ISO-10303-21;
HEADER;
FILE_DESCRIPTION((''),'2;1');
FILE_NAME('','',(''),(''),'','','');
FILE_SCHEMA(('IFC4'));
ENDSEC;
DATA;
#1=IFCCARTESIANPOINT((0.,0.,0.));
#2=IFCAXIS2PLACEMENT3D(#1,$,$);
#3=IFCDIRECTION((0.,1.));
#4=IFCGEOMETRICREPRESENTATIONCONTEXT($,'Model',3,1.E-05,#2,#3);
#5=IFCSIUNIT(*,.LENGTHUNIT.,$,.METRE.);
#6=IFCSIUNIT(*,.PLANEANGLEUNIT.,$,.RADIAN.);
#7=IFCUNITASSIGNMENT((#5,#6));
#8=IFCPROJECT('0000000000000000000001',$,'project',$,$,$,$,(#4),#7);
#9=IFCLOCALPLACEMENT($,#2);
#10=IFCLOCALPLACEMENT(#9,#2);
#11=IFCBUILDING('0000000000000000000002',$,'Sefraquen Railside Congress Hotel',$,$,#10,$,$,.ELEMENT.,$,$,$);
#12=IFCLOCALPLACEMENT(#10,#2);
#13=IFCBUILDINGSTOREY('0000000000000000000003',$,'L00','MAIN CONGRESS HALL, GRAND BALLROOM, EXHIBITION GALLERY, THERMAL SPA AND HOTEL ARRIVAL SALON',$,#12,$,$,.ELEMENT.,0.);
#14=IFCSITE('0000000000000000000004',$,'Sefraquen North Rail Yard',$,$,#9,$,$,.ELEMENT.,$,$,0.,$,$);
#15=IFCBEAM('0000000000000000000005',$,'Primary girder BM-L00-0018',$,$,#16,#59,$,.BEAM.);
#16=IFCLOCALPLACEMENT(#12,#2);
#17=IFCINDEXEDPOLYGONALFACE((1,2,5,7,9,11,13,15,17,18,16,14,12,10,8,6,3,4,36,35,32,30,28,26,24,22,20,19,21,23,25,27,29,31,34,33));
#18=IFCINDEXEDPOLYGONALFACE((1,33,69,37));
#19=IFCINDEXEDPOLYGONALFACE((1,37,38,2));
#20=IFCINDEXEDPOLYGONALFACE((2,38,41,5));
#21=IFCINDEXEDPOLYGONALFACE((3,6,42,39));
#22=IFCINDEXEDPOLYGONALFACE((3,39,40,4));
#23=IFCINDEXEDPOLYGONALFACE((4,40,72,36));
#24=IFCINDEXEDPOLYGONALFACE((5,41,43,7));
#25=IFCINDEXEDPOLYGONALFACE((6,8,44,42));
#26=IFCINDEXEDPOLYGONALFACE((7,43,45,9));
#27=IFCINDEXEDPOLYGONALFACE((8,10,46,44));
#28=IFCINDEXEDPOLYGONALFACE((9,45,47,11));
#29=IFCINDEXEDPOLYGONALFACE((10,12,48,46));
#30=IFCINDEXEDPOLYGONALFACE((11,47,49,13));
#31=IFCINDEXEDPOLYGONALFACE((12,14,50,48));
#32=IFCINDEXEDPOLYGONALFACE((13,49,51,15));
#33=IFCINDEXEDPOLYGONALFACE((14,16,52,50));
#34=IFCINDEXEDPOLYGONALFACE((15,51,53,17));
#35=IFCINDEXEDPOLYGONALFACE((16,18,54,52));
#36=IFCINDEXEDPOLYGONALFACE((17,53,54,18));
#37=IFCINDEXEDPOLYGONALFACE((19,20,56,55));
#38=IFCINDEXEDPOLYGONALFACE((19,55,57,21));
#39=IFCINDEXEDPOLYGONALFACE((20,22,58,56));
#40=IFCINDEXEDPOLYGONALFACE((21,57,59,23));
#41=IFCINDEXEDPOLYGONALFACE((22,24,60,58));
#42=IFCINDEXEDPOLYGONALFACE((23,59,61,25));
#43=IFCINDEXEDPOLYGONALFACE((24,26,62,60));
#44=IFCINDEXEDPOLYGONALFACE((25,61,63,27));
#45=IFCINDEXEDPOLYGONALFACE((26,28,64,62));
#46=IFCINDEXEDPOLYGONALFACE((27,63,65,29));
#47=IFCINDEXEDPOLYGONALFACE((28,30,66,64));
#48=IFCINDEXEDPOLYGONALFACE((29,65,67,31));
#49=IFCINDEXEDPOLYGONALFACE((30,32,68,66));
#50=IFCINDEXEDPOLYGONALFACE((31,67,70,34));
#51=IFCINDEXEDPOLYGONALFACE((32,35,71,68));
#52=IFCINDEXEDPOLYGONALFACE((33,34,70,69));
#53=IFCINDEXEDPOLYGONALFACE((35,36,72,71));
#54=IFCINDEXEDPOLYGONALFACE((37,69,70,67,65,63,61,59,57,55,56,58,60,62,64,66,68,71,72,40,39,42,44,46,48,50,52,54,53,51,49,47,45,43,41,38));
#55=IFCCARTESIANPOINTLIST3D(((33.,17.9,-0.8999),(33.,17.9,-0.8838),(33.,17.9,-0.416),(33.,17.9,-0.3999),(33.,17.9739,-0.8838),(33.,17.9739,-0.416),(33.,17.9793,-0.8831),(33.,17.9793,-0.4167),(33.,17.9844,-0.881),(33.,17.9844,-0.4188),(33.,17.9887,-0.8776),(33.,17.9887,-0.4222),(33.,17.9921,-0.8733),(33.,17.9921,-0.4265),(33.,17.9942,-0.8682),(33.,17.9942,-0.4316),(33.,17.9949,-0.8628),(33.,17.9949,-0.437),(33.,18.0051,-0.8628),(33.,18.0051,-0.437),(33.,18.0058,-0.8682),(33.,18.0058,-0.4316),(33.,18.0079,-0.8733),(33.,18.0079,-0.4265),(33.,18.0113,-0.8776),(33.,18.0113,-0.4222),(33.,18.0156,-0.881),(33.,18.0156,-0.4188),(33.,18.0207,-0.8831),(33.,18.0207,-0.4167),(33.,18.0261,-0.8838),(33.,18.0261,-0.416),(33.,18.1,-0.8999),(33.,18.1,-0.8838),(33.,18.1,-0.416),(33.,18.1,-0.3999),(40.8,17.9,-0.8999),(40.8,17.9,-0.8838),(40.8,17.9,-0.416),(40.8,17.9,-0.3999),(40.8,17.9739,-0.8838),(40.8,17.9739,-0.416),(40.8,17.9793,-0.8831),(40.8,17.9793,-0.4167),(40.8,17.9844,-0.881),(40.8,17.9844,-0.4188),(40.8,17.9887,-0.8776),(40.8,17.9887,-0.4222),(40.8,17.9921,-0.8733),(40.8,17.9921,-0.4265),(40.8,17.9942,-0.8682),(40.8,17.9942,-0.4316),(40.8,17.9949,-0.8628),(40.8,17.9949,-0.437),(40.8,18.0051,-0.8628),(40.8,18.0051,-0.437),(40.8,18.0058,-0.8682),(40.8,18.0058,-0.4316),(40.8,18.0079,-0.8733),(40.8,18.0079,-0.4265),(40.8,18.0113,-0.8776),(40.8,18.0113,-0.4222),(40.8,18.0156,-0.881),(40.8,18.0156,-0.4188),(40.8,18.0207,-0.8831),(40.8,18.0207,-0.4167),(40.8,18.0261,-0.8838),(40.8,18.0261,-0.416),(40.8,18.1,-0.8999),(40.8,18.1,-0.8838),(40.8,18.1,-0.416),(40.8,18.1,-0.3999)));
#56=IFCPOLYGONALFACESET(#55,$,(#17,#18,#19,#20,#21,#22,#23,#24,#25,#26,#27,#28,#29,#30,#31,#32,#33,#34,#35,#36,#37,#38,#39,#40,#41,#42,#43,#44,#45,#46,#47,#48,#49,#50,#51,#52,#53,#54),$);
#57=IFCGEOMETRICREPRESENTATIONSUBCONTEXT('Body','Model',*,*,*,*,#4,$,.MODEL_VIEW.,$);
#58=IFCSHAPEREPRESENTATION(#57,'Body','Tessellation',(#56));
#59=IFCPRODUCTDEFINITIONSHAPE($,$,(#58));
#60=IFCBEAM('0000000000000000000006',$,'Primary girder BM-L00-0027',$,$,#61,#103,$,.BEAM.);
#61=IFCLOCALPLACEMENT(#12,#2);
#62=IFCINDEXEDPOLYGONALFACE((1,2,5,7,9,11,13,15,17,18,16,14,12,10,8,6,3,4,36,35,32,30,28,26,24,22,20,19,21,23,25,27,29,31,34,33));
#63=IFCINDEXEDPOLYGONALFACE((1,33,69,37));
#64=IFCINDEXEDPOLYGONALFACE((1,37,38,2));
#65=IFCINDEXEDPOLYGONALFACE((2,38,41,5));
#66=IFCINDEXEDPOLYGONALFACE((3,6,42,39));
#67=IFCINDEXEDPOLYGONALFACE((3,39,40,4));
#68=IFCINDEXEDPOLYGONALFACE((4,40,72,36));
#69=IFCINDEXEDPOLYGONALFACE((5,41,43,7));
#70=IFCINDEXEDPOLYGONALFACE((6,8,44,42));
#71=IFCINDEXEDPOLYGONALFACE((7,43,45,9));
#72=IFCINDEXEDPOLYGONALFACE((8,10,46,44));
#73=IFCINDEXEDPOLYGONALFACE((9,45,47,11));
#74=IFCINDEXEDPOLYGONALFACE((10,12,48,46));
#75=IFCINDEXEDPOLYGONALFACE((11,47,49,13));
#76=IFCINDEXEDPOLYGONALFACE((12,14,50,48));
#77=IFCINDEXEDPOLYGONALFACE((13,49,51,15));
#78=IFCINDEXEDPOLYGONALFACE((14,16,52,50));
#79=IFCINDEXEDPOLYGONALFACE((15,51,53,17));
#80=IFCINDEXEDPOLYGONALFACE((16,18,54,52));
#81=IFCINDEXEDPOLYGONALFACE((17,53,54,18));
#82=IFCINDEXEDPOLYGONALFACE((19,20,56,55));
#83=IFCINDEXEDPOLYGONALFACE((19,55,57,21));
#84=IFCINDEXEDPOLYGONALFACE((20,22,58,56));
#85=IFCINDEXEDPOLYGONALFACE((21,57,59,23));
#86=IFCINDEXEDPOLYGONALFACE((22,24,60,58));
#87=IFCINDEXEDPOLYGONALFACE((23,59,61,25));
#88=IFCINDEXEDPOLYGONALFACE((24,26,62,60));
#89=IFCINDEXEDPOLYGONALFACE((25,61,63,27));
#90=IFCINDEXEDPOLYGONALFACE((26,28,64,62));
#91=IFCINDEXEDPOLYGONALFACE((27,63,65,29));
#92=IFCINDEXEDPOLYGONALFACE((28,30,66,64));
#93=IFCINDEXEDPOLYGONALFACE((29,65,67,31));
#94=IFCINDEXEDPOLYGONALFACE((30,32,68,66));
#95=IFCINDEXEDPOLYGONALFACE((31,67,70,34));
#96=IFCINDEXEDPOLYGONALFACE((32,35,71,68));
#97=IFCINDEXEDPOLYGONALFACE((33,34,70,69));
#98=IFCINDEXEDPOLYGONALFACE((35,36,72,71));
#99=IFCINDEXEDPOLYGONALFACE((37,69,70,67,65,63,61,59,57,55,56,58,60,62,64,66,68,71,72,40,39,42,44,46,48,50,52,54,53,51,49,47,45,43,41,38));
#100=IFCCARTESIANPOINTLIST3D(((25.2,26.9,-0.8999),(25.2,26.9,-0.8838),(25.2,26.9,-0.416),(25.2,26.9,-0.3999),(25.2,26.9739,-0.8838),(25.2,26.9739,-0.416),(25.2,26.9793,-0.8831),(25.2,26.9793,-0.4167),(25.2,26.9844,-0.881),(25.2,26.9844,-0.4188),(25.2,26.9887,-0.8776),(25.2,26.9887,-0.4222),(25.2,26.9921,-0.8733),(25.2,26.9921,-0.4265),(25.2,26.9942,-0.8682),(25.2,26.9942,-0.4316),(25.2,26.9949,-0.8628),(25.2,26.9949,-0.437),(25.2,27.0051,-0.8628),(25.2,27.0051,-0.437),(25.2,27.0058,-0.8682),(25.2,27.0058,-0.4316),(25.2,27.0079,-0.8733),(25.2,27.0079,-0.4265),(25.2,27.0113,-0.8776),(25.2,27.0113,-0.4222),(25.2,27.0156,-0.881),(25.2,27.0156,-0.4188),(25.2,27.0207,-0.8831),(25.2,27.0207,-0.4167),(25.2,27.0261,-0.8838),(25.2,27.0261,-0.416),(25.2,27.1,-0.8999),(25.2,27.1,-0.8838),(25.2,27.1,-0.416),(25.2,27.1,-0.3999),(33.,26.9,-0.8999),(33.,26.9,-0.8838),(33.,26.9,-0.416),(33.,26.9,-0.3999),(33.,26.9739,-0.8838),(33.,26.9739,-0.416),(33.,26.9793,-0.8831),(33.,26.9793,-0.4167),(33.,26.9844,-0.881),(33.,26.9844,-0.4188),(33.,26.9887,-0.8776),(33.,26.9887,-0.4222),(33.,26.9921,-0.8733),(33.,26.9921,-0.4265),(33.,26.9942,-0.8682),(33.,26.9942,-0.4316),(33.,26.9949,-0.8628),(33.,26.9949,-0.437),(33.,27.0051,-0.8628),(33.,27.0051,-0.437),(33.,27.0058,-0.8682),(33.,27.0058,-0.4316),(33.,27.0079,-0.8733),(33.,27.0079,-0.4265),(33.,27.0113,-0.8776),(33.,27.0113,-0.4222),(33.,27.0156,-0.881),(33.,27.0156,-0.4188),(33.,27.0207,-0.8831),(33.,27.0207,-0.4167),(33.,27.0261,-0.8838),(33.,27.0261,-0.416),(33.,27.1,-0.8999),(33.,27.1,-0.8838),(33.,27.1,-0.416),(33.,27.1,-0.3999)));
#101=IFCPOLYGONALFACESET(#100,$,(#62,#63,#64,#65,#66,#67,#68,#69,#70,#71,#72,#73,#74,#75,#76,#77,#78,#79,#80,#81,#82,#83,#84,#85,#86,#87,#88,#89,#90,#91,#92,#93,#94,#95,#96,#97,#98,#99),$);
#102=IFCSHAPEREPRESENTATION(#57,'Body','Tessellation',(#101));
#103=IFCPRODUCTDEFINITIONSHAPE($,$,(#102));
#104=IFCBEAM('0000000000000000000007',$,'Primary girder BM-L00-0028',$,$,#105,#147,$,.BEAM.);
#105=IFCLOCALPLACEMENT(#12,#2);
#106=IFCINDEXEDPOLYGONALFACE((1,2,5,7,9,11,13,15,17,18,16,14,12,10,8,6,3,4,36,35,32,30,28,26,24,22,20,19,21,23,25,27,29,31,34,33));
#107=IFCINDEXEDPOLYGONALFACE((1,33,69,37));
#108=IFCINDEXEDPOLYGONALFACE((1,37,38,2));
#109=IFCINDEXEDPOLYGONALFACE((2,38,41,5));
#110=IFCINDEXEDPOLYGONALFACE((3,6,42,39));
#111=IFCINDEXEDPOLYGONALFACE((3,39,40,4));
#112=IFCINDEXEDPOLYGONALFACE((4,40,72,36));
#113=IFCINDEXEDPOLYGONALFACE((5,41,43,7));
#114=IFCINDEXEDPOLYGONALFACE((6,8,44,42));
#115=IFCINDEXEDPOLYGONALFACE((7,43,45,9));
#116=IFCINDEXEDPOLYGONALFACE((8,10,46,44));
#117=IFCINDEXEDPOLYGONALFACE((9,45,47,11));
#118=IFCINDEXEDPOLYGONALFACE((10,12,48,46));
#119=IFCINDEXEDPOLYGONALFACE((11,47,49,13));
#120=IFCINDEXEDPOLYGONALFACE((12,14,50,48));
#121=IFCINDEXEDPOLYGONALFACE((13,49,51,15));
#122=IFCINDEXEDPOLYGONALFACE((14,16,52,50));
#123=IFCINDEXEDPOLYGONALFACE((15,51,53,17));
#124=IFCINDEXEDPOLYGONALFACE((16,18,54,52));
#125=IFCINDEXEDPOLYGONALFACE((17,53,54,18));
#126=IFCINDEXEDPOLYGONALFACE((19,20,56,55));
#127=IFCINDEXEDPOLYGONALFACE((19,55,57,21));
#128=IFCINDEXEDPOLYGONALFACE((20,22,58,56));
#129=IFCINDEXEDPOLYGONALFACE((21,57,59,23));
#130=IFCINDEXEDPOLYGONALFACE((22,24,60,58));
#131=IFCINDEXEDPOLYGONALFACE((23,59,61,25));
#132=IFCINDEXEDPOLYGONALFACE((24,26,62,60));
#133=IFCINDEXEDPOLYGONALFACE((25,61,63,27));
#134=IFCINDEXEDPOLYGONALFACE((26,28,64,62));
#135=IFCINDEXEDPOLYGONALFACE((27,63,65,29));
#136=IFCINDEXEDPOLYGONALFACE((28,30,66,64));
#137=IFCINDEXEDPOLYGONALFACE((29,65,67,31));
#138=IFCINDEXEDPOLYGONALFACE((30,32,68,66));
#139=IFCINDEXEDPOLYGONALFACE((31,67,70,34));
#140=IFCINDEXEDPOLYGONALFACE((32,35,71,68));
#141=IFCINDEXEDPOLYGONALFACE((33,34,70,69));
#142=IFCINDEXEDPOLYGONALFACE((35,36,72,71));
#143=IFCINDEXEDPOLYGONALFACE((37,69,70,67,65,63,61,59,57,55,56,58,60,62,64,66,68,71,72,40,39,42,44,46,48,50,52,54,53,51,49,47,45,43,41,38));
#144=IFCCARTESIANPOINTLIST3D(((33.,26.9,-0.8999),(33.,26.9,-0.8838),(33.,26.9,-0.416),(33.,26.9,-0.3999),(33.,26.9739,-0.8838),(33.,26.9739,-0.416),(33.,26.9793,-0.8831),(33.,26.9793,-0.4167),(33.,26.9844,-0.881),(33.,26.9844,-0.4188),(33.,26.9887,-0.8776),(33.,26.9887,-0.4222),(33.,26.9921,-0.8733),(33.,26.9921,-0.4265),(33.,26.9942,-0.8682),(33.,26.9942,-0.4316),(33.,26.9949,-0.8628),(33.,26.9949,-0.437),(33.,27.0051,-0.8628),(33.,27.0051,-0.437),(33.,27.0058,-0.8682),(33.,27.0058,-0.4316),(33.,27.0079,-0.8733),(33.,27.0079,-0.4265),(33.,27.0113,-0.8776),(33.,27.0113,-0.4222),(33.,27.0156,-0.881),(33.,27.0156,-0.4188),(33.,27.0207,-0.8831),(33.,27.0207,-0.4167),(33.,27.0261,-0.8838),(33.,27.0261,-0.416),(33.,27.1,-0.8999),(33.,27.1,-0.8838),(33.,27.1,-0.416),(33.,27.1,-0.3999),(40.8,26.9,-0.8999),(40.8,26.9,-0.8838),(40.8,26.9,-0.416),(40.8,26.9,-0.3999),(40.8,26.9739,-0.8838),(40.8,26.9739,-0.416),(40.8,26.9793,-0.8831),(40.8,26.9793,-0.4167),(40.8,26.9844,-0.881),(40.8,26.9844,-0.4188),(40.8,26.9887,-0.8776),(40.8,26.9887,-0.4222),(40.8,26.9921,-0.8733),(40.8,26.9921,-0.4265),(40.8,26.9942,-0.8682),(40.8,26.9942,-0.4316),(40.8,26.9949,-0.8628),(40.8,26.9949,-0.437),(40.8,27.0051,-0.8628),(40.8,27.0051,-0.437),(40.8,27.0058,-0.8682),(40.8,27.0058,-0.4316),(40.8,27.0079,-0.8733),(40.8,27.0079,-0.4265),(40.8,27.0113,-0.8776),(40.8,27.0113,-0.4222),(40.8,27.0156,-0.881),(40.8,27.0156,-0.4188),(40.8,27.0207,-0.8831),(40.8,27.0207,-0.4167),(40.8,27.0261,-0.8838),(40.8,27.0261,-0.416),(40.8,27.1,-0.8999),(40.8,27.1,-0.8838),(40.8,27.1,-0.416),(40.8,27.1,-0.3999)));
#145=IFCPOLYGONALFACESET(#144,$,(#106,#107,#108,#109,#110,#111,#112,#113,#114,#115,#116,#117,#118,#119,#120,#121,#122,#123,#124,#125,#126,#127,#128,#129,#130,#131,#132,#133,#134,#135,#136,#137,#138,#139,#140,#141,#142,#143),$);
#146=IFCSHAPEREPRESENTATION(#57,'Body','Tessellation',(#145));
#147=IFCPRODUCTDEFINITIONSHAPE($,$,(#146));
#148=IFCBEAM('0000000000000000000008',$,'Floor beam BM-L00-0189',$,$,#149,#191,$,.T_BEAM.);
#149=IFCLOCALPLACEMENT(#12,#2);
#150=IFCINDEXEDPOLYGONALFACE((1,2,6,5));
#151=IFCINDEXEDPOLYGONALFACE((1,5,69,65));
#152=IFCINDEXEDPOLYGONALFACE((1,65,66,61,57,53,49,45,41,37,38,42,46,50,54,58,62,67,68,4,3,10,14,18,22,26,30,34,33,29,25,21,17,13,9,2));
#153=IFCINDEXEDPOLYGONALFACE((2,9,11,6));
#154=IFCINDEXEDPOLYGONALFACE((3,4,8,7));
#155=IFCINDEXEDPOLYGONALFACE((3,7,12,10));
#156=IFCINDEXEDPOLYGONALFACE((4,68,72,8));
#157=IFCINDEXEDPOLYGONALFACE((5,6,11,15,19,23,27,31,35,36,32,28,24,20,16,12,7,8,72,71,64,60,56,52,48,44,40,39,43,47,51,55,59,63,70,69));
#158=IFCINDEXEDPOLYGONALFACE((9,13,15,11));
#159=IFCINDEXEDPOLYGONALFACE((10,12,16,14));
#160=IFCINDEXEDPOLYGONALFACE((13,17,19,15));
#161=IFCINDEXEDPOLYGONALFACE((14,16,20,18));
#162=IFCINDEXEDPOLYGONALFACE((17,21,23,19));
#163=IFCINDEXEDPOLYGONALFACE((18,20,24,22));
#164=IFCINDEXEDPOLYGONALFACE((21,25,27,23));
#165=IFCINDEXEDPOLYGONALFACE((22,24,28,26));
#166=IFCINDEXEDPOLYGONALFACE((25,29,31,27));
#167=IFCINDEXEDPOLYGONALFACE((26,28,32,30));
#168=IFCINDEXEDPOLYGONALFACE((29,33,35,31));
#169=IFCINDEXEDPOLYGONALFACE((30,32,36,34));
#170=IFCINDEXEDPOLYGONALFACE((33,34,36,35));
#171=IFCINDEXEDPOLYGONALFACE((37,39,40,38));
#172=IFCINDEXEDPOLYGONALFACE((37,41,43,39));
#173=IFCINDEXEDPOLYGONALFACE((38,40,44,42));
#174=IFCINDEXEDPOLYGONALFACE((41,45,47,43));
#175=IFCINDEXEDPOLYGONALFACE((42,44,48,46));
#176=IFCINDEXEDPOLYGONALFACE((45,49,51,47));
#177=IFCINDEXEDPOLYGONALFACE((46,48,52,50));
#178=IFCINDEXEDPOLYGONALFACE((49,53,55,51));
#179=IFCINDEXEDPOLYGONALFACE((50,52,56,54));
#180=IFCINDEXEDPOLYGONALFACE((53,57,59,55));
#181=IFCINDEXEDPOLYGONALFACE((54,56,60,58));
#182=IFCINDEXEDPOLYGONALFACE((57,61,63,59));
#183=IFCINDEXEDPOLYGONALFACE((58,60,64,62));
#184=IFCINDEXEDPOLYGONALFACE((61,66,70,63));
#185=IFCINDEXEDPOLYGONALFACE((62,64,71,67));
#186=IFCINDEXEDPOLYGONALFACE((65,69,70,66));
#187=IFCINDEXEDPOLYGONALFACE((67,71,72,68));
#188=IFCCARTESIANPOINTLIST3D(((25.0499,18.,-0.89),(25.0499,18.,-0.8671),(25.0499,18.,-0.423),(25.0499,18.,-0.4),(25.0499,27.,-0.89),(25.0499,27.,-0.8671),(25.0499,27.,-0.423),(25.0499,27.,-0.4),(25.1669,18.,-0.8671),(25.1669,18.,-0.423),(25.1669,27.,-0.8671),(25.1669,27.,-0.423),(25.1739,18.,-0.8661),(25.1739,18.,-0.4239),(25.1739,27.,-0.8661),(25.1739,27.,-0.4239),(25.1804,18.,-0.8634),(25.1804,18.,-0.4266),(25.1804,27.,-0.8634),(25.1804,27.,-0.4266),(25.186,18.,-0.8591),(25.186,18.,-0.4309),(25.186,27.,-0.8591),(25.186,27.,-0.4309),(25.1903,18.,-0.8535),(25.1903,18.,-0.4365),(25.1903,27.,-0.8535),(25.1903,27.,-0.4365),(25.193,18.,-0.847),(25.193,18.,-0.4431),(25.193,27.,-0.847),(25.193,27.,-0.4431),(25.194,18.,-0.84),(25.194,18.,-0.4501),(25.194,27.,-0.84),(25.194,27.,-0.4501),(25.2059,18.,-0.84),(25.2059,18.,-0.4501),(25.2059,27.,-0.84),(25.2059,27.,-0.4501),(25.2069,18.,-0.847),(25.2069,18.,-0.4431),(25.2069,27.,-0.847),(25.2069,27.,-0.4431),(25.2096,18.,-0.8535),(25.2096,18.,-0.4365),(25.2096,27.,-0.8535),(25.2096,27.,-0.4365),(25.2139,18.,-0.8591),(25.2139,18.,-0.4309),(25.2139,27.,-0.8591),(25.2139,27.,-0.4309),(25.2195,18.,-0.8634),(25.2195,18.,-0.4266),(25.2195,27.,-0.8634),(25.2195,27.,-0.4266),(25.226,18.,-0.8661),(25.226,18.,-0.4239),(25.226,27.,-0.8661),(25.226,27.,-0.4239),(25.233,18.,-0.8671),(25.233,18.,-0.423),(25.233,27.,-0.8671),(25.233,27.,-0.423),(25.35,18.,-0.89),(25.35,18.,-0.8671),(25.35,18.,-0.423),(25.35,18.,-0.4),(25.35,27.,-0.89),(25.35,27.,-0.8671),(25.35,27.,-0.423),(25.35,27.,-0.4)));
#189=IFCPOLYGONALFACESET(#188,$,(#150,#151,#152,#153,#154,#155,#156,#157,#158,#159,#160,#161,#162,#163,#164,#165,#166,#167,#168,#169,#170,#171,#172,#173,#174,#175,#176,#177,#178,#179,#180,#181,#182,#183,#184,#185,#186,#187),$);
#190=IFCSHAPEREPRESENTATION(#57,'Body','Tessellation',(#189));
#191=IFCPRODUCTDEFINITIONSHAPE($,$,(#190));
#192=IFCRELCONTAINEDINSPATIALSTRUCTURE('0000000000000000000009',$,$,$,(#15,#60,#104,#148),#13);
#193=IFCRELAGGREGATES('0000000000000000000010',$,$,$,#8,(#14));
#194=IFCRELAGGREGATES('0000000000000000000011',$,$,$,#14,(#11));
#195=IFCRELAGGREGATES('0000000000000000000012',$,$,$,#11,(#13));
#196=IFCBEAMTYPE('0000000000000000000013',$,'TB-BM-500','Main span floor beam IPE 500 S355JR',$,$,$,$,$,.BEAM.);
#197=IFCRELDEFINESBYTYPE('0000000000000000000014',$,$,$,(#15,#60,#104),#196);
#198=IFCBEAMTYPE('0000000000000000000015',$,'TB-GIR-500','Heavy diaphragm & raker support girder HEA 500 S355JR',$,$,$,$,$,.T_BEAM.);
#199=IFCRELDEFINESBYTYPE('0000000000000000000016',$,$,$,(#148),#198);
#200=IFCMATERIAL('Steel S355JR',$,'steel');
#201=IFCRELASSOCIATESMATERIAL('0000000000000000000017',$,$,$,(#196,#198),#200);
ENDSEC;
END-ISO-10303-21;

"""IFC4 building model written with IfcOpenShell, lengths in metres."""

from ifc_helpers import new_model, si_unit, direction, frame, origin, origin_2d, place, context, subcontext, project, spatial, i_section, extrude, material, material_profile, profile_set, type_object, element, save


model = new_model("IFC4")

# Units and contexts
model_context = context("Model", 3, precision=1e-05, world=origin(), true_north=direction((0.0, 1.0)))
body_context = subcontext(model_context, "Body", "Model", "MODEL_VIEW")
ifc_project = project(units=[si_unit("LENGTHUNIT", "METRE"), si_unit("PLANEANGLEUNIT", "RADIAN")], contexts=[model_context])

# Site, building, storey
site_placement = place(None, origin())
site = spatial("IfcSite", under=ifc_project, at=site_placement, Name="Sefraquen North Rail Yard", CompositionType="ELEMENT", RefElevation=0.0)
building_placement = place(site_placement, origin())
building = spatial("IfcBuilding", under=site, at=building_placement, Name="Sefraquen Railside Congress Hotel", CompositionType="ELEMENT")
storey_placement = place(building_placement, origin())
storey = spatial("IfcBuildingStorey", under=building, at=storey_placement, Name="L00", Description="MAIN CONGRESS HALL, GRAND BALLROOM, EXHIBITION GALLERY, THERMAL SPA AND HOTEL ARRIVAL SALON", CompositionType="ELEMENT", Elevation=0.0)

# Shared definitions
ifc_material_1 = material(Name="Steel S355JR", Category="steel")

# Beams
ifc_material_profile_1 = material_profile(ifc_material_1, i_section(OverallWidth=0.2, OverallDepth=0.5, WebThickness=0.0103, FlangeThickness=0.0161, FilletRadius=0.021, at=origin_2d()), Name="IPE 500")
ifc_profile_set_1 = profile_set([ifc_material_profile_1], Name="Steel S355JR")
beam_type_1 = type_object("IfcBeamType", Name="TB-BM-500", Description="Main span floor beam IPE 500 S355JR", PredefinedType="BEAM", material=ifc_profile_set_1)
for number, where, z_axis, x_axis, name in (
    (1, (33.0, 18.0, -0.6499), (1.0, 0.0, 0.0), (0.0, 1.0, 0.0), "Primary girder BM-L00-0018"),
    (2, (25.2, 27.0, -0.6499), (1.0, 0.0, 0.0), (0.0, 1.0, 0.0), "Primary girder BM-L00-0027"),
    (3, (33.0, 27.0, -0.6499), (1.0, 0.0, 0.0), (0.0, 1.0, 0.0), "Primary girder BM-L00-0028"),
):
    element("IfcBeam", number, at=place(storey_placement, frame(where, z_axis=z_axis, x_axis=x_axis)), inside=storey, type_object=beam_type_1, Name=name, PredefinedType="BEAM", context=body_context, shape_type="SweptSolid", body=[
        extrude(i_section(OverallWidth=0.2, OverallDepth=0.5, WebThickness=0.0103, FlangeThickness=0.0161, FilletRadius=0.021, at=origin_2d()), origin(), (0.0, 0.0, 1.0), 7.8),
    ])
ifc_material_profile_2 = material_profile(ifc_material_1, i_section(OverallWidth=0.3, OverallDepth=0.49, WebThickness=0.012, FlangeThickness=0.0229, FilletRadius=0.0271, at=origin_2d()), Name="HEA 500")
ifc_profile_set_2 = profile_set([ifc_material_profile_2], Name="Steel S355JR")
beam_type_2 = type_object("IfcBeamType", Name="TB-GIR-500", Description="Heavy diaphragm & raker support girder HEA 500 S355JR", PredefinedType="T_BEAM", material=ifc_profile_set_2)
for number, where, z_axis, x_axis, name in (
    (4, (25.2, 18.0, -0.645), (0.0, 1.0, 0.0), (-1.0, 0.0, 0.0), "Floor beam BM-L00-0189"),
):
    element("IfcBeam", number, at=place(storey_placement, frame(where, z_axis=z_axis, x_axis=x_axis)), inside=storey, type_object=beam_type_2, Name=name, PredefinedType="T_BEAM", context=body_context, shape_type="SweptSolid", body=[
        extrude(i_section(OverallWidth=0.3, OverallDepth=0.49, WebThickness=0.012, FlangeThickness=0.0229, FilletRadius=0.0271, at=origin_2d()), origin(), (0.0, 0.0, 1.0), 9.0),
    ])

save(model, "model.ifc")
